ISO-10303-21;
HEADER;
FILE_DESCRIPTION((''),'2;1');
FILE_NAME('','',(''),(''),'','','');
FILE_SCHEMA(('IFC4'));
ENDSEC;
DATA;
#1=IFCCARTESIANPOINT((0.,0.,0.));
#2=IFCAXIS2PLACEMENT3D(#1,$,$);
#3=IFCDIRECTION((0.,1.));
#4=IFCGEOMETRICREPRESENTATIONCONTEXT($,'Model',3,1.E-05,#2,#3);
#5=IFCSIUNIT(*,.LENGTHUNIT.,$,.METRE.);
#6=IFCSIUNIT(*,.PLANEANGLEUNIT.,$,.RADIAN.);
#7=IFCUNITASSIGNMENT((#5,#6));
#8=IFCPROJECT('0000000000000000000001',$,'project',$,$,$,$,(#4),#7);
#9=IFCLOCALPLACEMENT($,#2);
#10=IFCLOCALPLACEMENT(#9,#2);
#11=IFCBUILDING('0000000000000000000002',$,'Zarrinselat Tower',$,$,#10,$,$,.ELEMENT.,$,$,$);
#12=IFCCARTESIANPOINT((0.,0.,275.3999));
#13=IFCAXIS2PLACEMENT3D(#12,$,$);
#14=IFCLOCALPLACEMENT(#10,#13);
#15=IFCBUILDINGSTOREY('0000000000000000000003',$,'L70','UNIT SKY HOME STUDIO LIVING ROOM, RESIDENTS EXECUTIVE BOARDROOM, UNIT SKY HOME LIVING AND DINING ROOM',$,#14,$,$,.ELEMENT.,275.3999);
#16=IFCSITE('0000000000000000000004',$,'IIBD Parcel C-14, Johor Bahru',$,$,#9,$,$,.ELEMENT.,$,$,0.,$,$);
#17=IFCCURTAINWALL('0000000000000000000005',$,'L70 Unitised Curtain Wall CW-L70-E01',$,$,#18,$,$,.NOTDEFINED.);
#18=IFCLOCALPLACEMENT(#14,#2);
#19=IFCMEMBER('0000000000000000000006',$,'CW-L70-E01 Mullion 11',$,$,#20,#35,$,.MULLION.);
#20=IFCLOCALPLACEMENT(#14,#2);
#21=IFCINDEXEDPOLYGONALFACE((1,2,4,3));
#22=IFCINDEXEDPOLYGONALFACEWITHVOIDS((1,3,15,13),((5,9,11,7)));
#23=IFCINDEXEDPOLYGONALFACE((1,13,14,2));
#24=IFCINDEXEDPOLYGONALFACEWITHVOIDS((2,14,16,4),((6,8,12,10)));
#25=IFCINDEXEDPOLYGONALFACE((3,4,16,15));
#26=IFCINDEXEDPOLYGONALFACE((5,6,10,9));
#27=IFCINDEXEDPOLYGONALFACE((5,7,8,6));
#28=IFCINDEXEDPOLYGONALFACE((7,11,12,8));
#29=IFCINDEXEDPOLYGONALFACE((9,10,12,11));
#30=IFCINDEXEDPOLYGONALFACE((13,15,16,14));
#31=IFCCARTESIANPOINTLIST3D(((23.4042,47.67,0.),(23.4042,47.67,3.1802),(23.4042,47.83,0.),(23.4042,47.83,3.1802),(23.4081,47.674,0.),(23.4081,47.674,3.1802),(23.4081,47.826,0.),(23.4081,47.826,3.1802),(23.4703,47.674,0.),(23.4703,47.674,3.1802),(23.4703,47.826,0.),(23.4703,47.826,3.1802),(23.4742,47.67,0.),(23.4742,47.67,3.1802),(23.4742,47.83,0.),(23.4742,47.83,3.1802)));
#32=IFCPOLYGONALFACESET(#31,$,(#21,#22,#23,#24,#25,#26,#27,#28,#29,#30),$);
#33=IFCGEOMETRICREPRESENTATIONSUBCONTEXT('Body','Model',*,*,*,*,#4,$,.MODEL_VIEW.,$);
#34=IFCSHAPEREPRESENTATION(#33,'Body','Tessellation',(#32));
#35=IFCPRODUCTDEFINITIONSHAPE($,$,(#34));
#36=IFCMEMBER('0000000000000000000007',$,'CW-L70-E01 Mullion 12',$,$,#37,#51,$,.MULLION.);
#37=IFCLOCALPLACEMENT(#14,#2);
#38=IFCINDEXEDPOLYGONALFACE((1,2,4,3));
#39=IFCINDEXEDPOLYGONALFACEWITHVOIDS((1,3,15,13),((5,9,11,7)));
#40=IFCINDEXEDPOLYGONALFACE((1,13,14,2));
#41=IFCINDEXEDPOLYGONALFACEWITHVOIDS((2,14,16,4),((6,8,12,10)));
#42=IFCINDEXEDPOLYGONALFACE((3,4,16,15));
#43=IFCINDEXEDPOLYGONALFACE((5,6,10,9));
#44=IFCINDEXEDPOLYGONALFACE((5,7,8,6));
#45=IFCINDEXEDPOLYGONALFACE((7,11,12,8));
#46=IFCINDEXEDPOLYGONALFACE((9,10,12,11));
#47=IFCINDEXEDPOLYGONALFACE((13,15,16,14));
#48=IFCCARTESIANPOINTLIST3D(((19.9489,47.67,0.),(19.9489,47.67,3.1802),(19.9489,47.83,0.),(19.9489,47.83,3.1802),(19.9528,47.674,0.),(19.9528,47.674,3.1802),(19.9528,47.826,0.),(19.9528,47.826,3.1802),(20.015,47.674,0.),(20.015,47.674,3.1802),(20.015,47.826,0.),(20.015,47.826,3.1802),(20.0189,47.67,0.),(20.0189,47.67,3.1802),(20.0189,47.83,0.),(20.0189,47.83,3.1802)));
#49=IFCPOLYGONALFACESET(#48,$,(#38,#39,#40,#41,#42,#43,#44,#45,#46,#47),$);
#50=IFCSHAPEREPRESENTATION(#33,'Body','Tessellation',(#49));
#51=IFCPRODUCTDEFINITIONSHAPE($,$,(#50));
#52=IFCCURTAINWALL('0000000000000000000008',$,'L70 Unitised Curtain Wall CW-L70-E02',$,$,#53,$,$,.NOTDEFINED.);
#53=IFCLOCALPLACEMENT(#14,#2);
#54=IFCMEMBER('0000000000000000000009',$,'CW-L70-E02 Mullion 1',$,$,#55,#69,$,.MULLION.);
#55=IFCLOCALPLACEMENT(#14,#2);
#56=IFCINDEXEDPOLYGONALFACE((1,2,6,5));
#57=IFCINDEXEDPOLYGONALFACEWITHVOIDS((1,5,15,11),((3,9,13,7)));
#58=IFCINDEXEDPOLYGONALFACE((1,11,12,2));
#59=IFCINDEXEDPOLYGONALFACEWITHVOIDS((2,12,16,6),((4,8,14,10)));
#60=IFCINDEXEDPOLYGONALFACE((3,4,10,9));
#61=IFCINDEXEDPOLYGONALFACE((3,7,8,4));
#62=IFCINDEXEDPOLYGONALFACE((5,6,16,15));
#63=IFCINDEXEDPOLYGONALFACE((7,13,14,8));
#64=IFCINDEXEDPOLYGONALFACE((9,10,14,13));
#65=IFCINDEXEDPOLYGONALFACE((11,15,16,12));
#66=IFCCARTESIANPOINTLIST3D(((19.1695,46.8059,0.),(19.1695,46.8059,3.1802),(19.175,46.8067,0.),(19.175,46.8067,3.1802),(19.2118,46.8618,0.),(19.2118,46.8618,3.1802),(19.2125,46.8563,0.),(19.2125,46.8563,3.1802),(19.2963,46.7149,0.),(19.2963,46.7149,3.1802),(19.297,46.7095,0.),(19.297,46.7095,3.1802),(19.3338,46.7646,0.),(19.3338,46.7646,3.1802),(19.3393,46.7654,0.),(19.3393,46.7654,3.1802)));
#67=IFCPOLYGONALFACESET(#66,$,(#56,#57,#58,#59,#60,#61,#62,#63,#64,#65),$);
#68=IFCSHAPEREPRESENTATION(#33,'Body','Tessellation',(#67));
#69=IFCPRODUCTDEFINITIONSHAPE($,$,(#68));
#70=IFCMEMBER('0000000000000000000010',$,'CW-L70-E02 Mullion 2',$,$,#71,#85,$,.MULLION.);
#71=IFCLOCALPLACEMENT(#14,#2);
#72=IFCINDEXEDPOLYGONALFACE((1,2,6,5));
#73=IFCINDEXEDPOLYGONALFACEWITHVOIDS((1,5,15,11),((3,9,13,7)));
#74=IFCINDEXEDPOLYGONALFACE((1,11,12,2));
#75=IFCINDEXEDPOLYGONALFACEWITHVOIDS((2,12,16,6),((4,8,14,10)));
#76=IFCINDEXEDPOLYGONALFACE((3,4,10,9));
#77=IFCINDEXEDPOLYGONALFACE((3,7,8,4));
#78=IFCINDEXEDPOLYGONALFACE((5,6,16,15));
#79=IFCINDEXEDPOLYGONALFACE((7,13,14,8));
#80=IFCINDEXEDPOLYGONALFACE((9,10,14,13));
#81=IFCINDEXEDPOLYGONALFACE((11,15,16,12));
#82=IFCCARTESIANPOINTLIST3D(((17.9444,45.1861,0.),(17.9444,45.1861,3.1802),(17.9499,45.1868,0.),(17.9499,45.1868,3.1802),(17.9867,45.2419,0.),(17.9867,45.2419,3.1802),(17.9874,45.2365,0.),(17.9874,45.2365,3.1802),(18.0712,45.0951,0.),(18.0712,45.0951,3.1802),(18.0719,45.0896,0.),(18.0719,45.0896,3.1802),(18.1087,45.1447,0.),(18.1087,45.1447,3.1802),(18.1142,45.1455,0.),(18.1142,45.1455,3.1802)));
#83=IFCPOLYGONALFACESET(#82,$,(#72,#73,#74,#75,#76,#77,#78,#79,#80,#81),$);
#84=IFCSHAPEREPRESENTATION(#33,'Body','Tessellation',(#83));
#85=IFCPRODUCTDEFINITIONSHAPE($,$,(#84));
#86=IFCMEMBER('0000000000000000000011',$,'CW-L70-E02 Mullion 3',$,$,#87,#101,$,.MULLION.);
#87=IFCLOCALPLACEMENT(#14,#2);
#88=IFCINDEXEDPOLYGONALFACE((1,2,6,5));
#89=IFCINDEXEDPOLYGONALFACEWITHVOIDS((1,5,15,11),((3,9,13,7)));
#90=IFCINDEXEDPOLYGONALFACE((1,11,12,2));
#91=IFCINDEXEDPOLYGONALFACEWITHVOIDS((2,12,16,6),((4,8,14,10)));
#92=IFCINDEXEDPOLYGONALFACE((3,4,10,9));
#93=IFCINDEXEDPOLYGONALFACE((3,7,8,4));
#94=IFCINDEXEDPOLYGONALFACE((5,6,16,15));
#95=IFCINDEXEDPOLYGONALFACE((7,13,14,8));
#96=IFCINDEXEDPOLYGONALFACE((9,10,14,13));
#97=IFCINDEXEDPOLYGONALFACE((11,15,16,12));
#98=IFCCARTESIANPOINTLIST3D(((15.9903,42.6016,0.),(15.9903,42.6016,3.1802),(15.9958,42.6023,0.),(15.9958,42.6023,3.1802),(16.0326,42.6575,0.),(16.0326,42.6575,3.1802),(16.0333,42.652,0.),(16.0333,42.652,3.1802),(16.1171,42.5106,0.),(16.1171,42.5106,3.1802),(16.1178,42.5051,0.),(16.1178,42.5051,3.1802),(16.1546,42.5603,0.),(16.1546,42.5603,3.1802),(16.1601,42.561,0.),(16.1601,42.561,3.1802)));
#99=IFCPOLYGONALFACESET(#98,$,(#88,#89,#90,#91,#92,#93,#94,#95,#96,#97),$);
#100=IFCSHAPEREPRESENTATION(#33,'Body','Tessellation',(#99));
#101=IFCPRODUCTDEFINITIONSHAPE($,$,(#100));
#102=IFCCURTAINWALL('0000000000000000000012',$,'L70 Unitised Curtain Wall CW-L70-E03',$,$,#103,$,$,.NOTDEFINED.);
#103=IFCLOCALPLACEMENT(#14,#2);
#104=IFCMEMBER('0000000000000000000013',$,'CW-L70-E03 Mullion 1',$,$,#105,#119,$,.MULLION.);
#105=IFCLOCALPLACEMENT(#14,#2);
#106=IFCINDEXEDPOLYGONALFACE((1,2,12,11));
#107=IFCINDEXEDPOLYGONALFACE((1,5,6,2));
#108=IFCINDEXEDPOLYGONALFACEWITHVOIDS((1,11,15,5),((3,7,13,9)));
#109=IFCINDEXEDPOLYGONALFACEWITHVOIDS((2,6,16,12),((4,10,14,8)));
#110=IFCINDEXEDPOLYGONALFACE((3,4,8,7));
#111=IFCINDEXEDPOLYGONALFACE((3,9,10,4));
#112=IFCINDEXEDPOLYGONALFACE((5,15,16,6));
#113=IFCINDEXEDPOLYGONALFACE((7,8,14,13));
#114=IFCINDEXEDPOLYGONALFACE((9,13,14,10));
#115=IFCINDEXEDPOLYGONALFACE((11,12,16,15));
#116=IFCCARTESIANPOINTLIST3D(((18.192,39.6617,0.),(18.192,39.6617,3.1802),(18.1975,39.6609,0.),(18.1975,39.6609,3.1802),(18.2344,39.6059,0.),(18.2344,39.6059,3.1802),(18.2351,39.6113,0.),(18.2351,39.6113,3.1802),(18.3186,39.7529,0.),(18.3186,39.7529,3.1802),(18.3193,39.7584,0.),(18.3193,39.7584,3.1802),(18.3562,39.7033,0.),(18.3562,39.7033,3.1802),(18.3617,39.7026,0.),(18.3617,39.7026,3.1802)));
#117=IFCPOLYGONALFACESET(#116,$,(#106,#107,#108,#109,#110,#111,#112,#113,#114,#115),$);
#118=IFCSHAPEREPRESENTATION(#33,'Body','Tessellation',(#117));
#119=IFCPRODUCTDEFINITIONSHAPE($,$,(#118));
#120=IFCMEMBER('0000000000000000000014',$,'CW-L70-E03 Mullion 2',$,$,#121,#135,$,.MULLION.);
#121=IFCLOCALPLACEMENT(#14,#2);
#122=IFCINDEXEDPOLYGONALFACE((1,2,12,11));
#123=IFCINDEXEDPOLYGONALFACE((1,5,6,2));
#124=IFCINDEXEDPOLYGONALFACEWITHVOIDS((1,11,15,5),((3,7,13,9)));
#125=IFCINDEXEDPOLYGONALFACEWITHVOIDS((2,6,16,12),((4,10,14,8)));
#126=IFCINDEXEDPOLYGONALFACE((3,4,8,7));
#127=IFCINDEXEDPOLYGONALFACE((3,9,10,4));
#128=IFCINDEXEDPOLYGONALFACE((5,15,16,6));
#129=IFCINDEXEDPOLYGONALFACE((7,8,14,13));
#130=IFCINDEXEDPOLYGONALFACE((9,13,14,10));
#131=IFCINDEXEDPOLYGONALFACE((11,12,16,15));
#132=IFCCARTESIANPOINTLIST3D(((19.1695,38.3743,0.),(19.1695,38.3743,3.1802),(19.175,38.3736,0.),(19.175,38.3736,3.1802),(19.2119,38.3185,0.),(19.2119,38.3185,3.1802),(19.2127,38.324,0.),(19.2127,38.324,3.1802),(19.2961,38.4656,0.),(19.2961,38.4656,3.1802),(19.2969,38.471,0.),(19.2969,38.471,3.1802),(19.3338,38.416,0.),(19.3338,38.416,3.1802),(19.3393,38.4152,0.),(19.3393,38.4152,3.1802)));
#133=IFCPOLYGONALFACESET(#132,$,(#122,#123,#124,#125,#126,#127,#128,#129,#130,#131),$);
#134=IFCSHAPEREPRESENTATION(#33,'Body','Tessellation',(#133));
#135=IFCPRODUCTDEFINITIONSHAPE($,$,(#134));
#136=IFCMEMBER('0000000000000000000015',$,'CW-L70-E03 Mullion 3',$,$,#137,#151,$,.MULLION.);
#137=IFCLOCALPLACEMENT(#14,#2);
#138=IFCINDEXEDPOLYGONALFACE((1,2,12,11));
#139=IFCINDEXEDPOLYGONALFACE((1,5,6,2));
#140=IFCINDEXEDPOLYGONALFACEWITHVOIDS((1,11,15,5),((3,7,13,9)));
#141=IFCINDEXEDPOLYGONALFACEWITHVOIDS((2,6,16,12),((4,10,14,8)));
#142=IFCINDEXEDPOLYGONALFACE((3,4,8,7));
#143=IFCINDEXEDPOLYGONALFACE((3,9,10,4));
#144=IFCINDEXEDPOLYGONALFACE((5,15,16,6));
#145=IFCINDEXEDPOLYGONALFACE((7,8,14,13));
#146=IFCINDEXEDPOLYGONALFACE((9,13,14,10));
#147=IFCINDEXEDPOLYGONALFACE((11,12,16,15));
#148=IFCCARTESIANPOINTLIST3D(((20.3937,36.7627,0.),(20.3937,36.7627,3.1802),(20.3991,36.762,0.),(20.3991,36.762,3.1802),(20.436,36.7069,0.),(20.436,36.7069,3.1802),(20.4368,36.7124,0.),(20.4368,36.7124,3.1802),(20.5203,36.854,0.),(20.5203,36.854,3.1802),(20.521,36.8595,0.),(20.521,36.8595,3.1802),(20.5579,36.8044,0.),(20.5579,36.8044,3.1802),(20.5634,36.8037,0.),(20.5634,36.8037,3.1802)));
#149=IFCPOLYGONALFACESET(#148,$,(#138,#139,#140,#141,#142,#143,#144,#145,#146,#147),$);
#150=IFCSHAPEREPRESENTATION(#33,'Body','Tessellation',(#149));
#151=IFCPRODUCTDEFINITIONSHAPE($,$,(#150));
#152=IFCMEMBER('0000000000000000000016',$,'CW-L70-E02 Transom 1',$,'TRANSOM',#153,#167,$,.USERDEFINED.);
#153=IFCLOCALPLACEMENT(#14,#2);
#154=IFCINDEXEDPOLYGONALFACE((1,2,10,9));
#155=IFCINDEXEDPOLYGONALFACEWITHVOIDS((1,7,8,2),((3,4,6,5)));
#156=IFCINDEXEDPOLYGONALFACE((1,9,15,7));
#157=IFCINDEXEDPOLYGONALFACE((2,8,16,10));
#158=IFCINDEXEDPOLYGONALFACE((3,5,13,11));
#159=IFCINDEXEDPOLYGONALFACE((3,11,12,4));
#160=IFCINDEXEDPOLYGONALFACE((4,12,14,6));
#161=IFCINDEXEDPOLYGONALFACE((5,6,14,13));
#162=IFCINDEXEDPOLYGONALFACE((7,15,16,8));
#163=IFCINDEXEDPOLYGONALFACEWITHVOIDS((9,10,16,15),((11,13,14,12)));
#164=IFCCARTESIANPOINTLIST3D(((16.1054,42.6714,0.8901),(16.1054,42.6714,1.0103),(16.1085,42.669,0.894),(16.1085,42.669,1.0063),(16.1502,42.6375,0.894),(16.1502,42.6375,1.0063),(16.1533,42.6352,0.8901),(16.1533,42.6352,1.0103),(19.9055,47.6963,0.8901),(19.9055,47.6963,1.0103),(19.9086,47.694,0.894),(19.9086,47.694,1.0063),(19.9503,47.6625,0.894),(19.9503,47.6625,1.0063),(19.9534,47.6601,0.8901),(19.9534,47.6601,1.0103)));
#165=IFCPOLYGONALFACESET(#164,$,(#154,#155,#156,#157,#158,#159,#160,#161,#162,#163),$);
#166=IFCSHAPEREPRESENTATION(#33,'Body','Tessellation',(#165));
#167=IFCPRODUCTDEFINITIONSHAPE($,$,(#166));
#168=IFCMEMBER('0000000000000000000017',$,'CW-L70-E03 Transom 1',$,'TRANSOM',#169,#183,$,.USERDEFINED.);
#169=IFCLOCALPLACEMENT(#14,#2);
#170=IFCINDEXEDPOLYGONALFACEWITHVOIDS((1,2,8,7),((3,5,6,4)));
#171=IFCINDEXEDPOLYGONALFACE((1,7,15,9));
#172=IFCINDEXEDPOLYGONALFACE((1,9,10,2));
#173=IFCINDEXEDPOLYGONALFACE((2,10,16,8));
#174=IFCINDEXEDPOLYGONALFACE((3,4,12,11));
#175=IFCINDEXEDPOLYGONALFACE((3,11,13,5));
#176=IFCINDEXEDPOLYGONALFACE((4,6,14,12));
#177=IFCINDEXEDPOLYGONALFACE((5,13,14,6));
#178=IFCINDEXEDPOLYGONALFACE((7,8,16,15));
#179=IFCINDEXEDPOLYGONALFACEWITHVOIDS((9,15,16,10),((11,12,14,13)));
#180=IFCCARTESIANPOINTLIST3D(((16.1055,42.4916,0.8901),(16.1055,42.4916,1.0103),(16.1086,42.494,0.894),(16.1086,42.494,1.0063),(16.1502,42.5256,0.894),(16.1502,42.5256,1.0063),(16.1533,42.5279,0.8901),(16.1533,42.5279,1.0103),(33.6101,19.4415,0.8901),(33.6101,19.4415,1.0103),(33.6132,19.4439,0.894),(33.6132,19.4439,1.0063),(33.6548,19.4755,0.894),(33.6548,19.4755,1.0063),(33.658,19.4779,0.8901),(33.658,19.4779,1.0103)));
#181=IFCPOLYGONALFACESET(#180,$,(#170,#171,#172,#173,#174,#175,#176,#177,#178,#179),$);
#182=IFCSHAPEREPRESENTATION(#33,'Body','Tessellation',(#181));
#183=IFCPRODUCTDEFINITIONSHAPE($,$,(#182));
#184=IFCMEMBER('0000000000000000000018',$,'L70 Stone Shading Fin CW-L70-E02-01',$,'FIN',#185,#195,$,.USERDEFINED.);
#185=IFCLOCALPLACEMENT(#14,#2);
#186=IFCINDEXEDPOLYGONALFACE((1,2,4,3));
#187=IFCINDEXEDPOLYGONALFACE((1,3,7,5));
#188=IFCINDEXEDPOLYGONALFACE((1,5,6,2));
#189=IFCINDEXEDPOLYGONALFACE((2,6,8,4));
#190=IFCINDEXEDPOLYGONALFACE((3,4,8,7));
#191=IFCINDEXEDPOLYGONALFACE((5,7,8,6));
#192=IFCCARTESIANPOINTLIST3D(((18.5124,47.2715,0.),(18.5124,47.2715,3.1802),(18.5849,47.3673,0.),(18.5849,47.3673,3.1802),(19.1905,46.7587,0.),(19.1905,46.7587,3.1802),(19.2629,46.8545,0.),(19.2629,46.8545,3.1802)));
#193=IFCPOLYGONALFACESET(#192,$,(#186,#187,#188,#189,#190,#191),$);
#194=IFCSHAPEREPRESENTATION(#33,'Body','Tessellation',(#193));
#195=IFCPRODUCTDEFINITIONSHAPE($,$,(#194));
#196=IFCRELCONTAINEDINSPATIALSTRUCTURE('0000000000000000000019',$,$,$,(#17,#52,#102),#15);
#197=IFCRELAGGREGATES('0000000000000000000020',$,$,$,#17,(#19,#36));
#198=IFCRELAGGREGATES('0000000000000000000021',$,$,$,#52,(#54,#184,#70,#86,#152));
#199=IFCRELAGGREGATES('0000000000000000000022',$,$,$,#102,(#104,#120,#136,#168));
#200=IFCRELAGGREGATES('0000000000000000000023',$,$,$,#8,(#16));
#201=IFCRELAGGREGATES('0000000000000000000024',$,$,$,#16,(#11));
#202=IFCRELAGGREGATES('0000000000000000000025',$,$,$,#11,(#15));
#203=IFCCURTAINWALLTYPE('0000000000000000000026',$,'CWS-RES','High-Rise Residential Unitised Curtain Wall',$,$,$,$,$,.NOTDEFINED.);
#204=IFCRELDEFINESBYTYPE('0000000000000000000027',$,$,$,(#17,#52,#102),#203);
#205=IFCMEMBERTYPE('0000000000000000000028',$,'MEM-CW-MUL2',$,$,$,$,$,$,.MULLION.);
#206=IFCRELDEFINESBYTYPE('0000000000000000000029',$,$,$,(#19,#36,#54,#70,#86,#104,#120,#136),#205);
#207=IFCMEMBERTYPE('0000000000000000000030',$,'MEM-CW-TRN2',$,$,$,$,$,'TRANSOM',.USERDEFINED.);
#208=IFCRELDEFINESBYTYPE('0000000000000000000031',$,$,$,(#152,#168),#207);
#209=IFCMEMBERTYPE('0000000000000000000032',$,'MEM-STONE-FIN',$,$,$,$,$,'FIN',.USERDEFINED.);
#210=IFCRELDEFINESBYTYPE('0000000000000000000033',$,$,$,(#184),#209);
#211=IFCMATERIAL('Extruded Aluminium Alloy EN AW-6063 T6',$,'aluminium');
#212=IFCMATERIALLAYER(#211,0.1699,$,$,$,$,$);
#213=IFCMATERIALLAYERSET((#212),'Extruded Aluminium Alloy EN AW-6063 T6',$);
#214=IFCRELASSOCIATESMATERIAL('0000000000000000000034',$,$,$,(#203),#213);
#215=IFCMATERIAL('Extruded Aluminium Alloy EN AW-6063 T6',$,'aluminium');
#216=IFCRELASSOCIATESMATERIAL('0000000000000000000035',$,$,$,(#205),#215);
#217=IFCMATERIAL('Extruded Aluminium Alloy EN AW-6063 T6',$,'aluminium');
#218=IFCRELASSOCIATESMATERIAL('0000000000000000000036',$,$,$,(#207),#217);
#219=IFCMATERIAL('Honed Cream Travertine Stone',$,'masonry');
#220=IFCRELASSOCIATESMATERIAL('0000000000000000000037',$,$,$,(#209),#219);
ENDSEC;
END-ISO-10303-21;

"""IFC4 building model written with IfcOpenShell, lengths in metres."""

from ifc_helpers import new_model, si_unit, direction, frame, origin, origin_2d, place, context, subcontext, project, spatial, rectangle, hollow_rectangle, extrude, material, layer, layer_set, material_profile, profile_set, type_object, element, aggregate, save


model = new_model("IFC4")

# Units and contexts
model_context = context("Model", 3, precision=1e-05, world=origin(), true_north=direction((0.0, 1.0)))
body_context = subcontext(model_context, "Body", "Model", "MODEL_VIEW")
ifc_project = project(units=[si_unit("LENGTHUNIT", "METRE"), si_unit("PLANEANGLEUNIT", "RADIAN")], contexts=[model_context])

# Site, building, storey
site_placement = place(None, origin())
site = spatial("IfcSite", under=ifc_project, at=site_placement, Name="IIBD Parcel C-14, Johor Bahru", CompositionType="ELEMENT", RefElevation=0.0)
building_placement = place(site_placement, origin())
building = spatial("IfcBuilding", under=site, at=building_placement, Name="Zarrinselat Tower", CompositionType="ELEMENT")
storey_placement = place(building_placement, frame((0.0, 0.0, 275.3999)))
storey = spatial("IfcBuildingStorey", under=building, at=storey_placement, Name="L70", Description="UNIT SKY HOME STUDIO LIVING ROOM, RESIDENTS EXECUTIVE BOARDROOM, UNIT SKY HOME LIVING AND DINING ROOM", CompositionType="ELEMENT", Elevation=275.3999)

# Curtain walls, members
ifc_material_1 = material(Name="Extruded Aluminium Alloy EN AW-6063 T6", Category="aluminium")
ifc_layer_1 = layer(ifc_material_1, 0.1699)
ifc_layer_set_1 = layer_set([ifc_layer_1], Name="Extruded Aluminium Alloy EN AW-6063 T6")
curtain_wall_type = type_object("IfcCurtainWallType", Name="CWS-RES", Description="High-Rise Residential Unitised Curtain Wall", PredefinedType="NOTDEFINED", material=ifc_layer_set_1)
curtain_wall_1_placement = place(storey_placement, origin())
curtain_wall_1 = element("IfcCurtainWall", 1, at=curtain_wall_1_placement, inside=storey, type_object=curtain_wall_type, Name="L70 Unitised Curtain Wall CW-L70-E01", PredefinedType="NOTDEFINED")
ifc_material_2 = material(Name="Extruded Aluminium Alloy EN AW-6063 T6", Category="aluminium")
ifc_material_profile_1 = material_profile(ifc_material_2, hollow_rectangle(XDim=0.0701, YDim=0.1599, WallThickness=0.0039, at=origin_2d()), Name="RHS 160x70x4")
ifc_profile_set_1 = profile_set([ifc_material_profile_1], Name="Extruded Aluminium Alloy EN AW-6063 T6")
member_type_1 = type_object("IfcMemberType", Name="MEM-CW-MUL2", PredefinedType="MULLION", material=ifc_profile_set_1)
member_1_placement = place(storey_placement, frame((23.4392, 47.75, 0.0), z_axis=(0.0, 0.0, 1.0), x_axis=(-1.0, 0.0, 0.0)))
member_1 = element("IfcMember", 2, at=member_1_placement, type_object=member_type_1, Name="CW-L70-E01 Mullion 11", PredefinedType="MULLION", context=body_context, shape_type="SweptSolid", body=[
    extrude(hollow_rectangle(XDim=0.0701, YDim=0.1599, WallThickness=0.0039, at=origin_2d()), origin(), (0.0, 0.0, 1.0), 3.1802),
])
member_2_placement = place(storey_placement, frame((19.9839, 47.75, 0.0), z_axis=(0.0, 0.0, 1.0), x_axis=(-1.0, 0.0, 0.0)))
member_2 = element("IfcMember", 3, at=member_2_placement, type_object=member_type_1, Name="CW-L70-E01 Mullion 12", PredefinedType="MULLION", context=body_context, shape_type="SweptSolid", body=[
    extrude(hollow_rectangle(XDim=0.0701, YDim=0.1599, WallThickness=0.0039, at=origin_2d()), origin(), (0.0, 0.0, 1.0), 3.1802),
])
curtain_wall_2_placement = place(storey_placement, origin())
curtain_wall_2 = element("IfcCurtainWall", 4, at=curtain_wall_2_placement, inside=storey, type_object=curtain_wall_type, Name="L70 Unitised Curtain Wall CW-L70-E02", PredefinedType="NOTDEFINED")
member_3_placement = place(storey_placement, frame((19.2544, 46.7856, 0.0), z_axis=(0.0, 0.0, 1.0), x_axis=(-0.60318, -0.797605, 0.0)))
member_3 = element("IfcMember", 5, at=member_3_placement, type_object=member_type_1, Name="CW-L70-E02 Mullion 1", PredefinedType="MULLION", context=body_context, shape_type="SweptSolid", body=[
    extrude(hollow_rectangle(XDim=0.0701, YDim=0.1599, WallThickness=0.0039, at=origin_2d()), origin(), (0.0, 0.0, 1.0), 3.1802),
])
member_4_placement = place(storey_placement, frame((18.0293, 45.1658, 0.0), z_axis=(0.0, 0.0, 1.0), x_axis=(-0.60318, -0.797605, 0.0)))
member_4 = element("IfcMember", 6, at=member_4_placement, type_object=member_type_1, Name="CW-L70-E02 Mullion 2", PredefinedType="MULLION", context=body_context, shape_type="SweptSolid", body=[
    extrude(hollow_rectangle(XDim=0.0701, YDim=0.1599, WallThickness=0.0039, at=origin_2d()), origin(), (0.0, 0.0, 1.0), 3.1802),
])
member_5_placement = place(storey_placement, frame((16.0752, 42.5813, 0.0), z_axis=(0.0, 0.0, 1.0), x_axis=(-0.60318, -0.797605, 0.0)))
member_5 = element("IfcMember", 7, at=member_5_placement, type_object=member_type_1, Name="CW-L70-E02 Mullion 3", PredefinedType="MULLION", context=body_context, shape_type="SweptSolid", body=[
    extrude(hollow_rectangle(XDim=0.0701, YDim=0.1599, WallThickness=0.0039, at=origin_2d()), origin(), (0.0, 0.0, 1.0), 3.1802),
])
curtain_wall_3_placement = place(storey_placement, origin())
curtain_wall_3 = element("IfcCurtainWall", 8, at=curtain_wall_3_placement, inside=storey, type_object=curtain_wall_type, Name="L70 Unitised Curtain Wall CW-L70-E03", PredefinedType="NOTDEFINED")
member_6_placement = place(storey_placement, frame((18.2769, 39.6821, 0.0), z_axis=(0.0, 0.0, 1.0), x_axis=(0.604788, -0.796387, 0.0)))
member_6 = element("IfcMember", 9, at=member_6_placement, type_object=member_type_1, Name="CW-L70-E03 Mullion 1", PredefinedType="MULLION", context=body_context, shape_type="SweptSolid", body=[
    extrude(hollow_rectangle(XDim=0.0701, YDim=0.1599, WallThickness=0.0039, at=origin_2d()), origin(), (0.0, 0.0, 1.0), 3.1802),
])
member_7_placement = place(storey_placement, frame((19.2544, 38.3948, 0.0), z_axis=(0.0, 0.0, 1.0), x_axis=(0.604788, -0.796387, 0.0)))
member_7 = element("IfcMember", 10, at=member_7_placement, type_object=member_type_1, Name="CW-L70-E03 Mullion 2", PredefinedType="MULLION", context=body_context, shape_type="SweptSolid", body=[
    extrude(hollow_rectangle(XDim=0.0701, YDim=0.1599, WallThickness=0.0039, at=origin_2d()), origin(), (0.0, 0.0, 1.0), 3.1802),
])
member_8_placement = place(storey_placement, frame((20.4785, 36.7832, 0.0), z_axis=(0.0, 0.0, 1.0), x_axis=(0.604788, -0.796387, 0.0)))
member_8 = element("IfcMember", 11, at=member_8_placement, type_object=member_type_1, Name="CW-L70-E03 Mullion 3", PredefinedType="MULLION", context=body_context, shape_type="SweptSolid", body=[
    extrude(hollow_rectangle(XDim=0.0701, YDim=0.1599, WallThickness=0.0039, at=origin_2d()), origin(), (0.0, 0.0, 1.0), 3.1802),
])

# Members
ifc_material_3 = material(Name="Extruded Aluminium Alloy EN AW-6063 T6", Category="aluminium")
ifc_material_profile_2 = material_profile(ifc_material_3, hollow_rectangle(XDim=0.0601, YDim=0.1201, WallThickness=0.0039, at=origin_2d()), Name="RHS 120x60x4")
ifc_profile_set_2 = profile_set([ifc_material_profile_2], Name="Extruded Aluminium Alloy EN AW-6063 T6")
member_type_2 = type_object("IfcMemberType", Name="MEM-CW-TRN2", ElementType="TRANSOM", PredefinedType="USERDEFINED", material=ifc_profile_set_2)
member_9_placement = place(storey_placement, frame((19.9294, 47.6782, 0.9502), z_axis=(-0.603182, -0.797603, 0.0), x_axis=(0.797603, -0.603182, 0.0)))
member_9 = element("IfcMember", 12, at=member_9_placement, type_object=member_type_2, Name="CW-L70-E02 Transom 1", ObjectType="TRANSOM", PredefinedType="USERDEFINED", context=body_context, shape_type="SweptSolid", body=[
    extrude(hollow_rectangle(XDim=0.0601, YDim=0.1201, WallThickness=0.0039, at=origin_2d()), origin(), (0.0, 0.0, 1.0), 6.3),
])
member_10_placement = place(storey_placement, frame((16.1294, 42.5098, 0.9502), z_axis=(0.60479, -0.796385, 0.0), x_axis=(0.796385, 0.60479, 0.0)))
member_10 = element("IfcMember", 13, at=member_10_placement, type_object=member_type_2, Name="CW-L70-E03 Transom 1", ObjectType="TRANSOM", PredefinedType="USERDEFINED", context=body_context, shape_type="SweptSolid", body=[
    extrude(hollow_rectangle(XDim=0.0601, YDim=0.1201, WallThickness=0.0039, at=origin_2d()), origin(), (0.0, 0.0, 1.0), 28.9434),
])
ifc_material_4 = material(Name="Honed Cream Travertine Stone", Category="masonry")
ifc_material_profile_3 = material_profile(ifc_material_4, rectangle(XDim=0.1201, YDim=0.8501, at=origin_2d()), Name="FIN 850x120")
ifc_profile_set_3 = profile_set([ifc_material_profile_3], Name="Honed Cream Travertine Stone")
member_type_3 = type_object("IfcMemberType", Name="MEM-STONE-FIN", ElementType="FIN", PredefinedType="USERDEFINED", material=ifc_profile_set_3)
member_11_placement = place(storey_placement, frame((18.8877, 47.063, 0.0), z_axis=(0.0, 0.0, 1.0), x_axis=(0.60318, 0.797605, 0.0)))
member_11 = element("IfcMember", 14, at=member_11_placement, type_object=member_type_3, Name="L70 Stone Shading Fin CW-L70-E02-01", ObjectType="FIN", PredefinedType="USERDEFINED", context=body_context, shape_type="SweptSolid", body=[
    extrude(rectangle(XDim=0.1201, YDim=0.8501, at=origin_2d()), origin(), (0.0, 0.0, 1.0), 3.1802),
])

aggregate(curtain_wall_1, [member_1, member_2])
aggregate(curtain_wall_2, [member_3, member_11, member_4, member_5, member_9])
aggregate(curtain_wall_3, [member_6, member_7, member_8, member_10])

save(model, "model.ifc")
